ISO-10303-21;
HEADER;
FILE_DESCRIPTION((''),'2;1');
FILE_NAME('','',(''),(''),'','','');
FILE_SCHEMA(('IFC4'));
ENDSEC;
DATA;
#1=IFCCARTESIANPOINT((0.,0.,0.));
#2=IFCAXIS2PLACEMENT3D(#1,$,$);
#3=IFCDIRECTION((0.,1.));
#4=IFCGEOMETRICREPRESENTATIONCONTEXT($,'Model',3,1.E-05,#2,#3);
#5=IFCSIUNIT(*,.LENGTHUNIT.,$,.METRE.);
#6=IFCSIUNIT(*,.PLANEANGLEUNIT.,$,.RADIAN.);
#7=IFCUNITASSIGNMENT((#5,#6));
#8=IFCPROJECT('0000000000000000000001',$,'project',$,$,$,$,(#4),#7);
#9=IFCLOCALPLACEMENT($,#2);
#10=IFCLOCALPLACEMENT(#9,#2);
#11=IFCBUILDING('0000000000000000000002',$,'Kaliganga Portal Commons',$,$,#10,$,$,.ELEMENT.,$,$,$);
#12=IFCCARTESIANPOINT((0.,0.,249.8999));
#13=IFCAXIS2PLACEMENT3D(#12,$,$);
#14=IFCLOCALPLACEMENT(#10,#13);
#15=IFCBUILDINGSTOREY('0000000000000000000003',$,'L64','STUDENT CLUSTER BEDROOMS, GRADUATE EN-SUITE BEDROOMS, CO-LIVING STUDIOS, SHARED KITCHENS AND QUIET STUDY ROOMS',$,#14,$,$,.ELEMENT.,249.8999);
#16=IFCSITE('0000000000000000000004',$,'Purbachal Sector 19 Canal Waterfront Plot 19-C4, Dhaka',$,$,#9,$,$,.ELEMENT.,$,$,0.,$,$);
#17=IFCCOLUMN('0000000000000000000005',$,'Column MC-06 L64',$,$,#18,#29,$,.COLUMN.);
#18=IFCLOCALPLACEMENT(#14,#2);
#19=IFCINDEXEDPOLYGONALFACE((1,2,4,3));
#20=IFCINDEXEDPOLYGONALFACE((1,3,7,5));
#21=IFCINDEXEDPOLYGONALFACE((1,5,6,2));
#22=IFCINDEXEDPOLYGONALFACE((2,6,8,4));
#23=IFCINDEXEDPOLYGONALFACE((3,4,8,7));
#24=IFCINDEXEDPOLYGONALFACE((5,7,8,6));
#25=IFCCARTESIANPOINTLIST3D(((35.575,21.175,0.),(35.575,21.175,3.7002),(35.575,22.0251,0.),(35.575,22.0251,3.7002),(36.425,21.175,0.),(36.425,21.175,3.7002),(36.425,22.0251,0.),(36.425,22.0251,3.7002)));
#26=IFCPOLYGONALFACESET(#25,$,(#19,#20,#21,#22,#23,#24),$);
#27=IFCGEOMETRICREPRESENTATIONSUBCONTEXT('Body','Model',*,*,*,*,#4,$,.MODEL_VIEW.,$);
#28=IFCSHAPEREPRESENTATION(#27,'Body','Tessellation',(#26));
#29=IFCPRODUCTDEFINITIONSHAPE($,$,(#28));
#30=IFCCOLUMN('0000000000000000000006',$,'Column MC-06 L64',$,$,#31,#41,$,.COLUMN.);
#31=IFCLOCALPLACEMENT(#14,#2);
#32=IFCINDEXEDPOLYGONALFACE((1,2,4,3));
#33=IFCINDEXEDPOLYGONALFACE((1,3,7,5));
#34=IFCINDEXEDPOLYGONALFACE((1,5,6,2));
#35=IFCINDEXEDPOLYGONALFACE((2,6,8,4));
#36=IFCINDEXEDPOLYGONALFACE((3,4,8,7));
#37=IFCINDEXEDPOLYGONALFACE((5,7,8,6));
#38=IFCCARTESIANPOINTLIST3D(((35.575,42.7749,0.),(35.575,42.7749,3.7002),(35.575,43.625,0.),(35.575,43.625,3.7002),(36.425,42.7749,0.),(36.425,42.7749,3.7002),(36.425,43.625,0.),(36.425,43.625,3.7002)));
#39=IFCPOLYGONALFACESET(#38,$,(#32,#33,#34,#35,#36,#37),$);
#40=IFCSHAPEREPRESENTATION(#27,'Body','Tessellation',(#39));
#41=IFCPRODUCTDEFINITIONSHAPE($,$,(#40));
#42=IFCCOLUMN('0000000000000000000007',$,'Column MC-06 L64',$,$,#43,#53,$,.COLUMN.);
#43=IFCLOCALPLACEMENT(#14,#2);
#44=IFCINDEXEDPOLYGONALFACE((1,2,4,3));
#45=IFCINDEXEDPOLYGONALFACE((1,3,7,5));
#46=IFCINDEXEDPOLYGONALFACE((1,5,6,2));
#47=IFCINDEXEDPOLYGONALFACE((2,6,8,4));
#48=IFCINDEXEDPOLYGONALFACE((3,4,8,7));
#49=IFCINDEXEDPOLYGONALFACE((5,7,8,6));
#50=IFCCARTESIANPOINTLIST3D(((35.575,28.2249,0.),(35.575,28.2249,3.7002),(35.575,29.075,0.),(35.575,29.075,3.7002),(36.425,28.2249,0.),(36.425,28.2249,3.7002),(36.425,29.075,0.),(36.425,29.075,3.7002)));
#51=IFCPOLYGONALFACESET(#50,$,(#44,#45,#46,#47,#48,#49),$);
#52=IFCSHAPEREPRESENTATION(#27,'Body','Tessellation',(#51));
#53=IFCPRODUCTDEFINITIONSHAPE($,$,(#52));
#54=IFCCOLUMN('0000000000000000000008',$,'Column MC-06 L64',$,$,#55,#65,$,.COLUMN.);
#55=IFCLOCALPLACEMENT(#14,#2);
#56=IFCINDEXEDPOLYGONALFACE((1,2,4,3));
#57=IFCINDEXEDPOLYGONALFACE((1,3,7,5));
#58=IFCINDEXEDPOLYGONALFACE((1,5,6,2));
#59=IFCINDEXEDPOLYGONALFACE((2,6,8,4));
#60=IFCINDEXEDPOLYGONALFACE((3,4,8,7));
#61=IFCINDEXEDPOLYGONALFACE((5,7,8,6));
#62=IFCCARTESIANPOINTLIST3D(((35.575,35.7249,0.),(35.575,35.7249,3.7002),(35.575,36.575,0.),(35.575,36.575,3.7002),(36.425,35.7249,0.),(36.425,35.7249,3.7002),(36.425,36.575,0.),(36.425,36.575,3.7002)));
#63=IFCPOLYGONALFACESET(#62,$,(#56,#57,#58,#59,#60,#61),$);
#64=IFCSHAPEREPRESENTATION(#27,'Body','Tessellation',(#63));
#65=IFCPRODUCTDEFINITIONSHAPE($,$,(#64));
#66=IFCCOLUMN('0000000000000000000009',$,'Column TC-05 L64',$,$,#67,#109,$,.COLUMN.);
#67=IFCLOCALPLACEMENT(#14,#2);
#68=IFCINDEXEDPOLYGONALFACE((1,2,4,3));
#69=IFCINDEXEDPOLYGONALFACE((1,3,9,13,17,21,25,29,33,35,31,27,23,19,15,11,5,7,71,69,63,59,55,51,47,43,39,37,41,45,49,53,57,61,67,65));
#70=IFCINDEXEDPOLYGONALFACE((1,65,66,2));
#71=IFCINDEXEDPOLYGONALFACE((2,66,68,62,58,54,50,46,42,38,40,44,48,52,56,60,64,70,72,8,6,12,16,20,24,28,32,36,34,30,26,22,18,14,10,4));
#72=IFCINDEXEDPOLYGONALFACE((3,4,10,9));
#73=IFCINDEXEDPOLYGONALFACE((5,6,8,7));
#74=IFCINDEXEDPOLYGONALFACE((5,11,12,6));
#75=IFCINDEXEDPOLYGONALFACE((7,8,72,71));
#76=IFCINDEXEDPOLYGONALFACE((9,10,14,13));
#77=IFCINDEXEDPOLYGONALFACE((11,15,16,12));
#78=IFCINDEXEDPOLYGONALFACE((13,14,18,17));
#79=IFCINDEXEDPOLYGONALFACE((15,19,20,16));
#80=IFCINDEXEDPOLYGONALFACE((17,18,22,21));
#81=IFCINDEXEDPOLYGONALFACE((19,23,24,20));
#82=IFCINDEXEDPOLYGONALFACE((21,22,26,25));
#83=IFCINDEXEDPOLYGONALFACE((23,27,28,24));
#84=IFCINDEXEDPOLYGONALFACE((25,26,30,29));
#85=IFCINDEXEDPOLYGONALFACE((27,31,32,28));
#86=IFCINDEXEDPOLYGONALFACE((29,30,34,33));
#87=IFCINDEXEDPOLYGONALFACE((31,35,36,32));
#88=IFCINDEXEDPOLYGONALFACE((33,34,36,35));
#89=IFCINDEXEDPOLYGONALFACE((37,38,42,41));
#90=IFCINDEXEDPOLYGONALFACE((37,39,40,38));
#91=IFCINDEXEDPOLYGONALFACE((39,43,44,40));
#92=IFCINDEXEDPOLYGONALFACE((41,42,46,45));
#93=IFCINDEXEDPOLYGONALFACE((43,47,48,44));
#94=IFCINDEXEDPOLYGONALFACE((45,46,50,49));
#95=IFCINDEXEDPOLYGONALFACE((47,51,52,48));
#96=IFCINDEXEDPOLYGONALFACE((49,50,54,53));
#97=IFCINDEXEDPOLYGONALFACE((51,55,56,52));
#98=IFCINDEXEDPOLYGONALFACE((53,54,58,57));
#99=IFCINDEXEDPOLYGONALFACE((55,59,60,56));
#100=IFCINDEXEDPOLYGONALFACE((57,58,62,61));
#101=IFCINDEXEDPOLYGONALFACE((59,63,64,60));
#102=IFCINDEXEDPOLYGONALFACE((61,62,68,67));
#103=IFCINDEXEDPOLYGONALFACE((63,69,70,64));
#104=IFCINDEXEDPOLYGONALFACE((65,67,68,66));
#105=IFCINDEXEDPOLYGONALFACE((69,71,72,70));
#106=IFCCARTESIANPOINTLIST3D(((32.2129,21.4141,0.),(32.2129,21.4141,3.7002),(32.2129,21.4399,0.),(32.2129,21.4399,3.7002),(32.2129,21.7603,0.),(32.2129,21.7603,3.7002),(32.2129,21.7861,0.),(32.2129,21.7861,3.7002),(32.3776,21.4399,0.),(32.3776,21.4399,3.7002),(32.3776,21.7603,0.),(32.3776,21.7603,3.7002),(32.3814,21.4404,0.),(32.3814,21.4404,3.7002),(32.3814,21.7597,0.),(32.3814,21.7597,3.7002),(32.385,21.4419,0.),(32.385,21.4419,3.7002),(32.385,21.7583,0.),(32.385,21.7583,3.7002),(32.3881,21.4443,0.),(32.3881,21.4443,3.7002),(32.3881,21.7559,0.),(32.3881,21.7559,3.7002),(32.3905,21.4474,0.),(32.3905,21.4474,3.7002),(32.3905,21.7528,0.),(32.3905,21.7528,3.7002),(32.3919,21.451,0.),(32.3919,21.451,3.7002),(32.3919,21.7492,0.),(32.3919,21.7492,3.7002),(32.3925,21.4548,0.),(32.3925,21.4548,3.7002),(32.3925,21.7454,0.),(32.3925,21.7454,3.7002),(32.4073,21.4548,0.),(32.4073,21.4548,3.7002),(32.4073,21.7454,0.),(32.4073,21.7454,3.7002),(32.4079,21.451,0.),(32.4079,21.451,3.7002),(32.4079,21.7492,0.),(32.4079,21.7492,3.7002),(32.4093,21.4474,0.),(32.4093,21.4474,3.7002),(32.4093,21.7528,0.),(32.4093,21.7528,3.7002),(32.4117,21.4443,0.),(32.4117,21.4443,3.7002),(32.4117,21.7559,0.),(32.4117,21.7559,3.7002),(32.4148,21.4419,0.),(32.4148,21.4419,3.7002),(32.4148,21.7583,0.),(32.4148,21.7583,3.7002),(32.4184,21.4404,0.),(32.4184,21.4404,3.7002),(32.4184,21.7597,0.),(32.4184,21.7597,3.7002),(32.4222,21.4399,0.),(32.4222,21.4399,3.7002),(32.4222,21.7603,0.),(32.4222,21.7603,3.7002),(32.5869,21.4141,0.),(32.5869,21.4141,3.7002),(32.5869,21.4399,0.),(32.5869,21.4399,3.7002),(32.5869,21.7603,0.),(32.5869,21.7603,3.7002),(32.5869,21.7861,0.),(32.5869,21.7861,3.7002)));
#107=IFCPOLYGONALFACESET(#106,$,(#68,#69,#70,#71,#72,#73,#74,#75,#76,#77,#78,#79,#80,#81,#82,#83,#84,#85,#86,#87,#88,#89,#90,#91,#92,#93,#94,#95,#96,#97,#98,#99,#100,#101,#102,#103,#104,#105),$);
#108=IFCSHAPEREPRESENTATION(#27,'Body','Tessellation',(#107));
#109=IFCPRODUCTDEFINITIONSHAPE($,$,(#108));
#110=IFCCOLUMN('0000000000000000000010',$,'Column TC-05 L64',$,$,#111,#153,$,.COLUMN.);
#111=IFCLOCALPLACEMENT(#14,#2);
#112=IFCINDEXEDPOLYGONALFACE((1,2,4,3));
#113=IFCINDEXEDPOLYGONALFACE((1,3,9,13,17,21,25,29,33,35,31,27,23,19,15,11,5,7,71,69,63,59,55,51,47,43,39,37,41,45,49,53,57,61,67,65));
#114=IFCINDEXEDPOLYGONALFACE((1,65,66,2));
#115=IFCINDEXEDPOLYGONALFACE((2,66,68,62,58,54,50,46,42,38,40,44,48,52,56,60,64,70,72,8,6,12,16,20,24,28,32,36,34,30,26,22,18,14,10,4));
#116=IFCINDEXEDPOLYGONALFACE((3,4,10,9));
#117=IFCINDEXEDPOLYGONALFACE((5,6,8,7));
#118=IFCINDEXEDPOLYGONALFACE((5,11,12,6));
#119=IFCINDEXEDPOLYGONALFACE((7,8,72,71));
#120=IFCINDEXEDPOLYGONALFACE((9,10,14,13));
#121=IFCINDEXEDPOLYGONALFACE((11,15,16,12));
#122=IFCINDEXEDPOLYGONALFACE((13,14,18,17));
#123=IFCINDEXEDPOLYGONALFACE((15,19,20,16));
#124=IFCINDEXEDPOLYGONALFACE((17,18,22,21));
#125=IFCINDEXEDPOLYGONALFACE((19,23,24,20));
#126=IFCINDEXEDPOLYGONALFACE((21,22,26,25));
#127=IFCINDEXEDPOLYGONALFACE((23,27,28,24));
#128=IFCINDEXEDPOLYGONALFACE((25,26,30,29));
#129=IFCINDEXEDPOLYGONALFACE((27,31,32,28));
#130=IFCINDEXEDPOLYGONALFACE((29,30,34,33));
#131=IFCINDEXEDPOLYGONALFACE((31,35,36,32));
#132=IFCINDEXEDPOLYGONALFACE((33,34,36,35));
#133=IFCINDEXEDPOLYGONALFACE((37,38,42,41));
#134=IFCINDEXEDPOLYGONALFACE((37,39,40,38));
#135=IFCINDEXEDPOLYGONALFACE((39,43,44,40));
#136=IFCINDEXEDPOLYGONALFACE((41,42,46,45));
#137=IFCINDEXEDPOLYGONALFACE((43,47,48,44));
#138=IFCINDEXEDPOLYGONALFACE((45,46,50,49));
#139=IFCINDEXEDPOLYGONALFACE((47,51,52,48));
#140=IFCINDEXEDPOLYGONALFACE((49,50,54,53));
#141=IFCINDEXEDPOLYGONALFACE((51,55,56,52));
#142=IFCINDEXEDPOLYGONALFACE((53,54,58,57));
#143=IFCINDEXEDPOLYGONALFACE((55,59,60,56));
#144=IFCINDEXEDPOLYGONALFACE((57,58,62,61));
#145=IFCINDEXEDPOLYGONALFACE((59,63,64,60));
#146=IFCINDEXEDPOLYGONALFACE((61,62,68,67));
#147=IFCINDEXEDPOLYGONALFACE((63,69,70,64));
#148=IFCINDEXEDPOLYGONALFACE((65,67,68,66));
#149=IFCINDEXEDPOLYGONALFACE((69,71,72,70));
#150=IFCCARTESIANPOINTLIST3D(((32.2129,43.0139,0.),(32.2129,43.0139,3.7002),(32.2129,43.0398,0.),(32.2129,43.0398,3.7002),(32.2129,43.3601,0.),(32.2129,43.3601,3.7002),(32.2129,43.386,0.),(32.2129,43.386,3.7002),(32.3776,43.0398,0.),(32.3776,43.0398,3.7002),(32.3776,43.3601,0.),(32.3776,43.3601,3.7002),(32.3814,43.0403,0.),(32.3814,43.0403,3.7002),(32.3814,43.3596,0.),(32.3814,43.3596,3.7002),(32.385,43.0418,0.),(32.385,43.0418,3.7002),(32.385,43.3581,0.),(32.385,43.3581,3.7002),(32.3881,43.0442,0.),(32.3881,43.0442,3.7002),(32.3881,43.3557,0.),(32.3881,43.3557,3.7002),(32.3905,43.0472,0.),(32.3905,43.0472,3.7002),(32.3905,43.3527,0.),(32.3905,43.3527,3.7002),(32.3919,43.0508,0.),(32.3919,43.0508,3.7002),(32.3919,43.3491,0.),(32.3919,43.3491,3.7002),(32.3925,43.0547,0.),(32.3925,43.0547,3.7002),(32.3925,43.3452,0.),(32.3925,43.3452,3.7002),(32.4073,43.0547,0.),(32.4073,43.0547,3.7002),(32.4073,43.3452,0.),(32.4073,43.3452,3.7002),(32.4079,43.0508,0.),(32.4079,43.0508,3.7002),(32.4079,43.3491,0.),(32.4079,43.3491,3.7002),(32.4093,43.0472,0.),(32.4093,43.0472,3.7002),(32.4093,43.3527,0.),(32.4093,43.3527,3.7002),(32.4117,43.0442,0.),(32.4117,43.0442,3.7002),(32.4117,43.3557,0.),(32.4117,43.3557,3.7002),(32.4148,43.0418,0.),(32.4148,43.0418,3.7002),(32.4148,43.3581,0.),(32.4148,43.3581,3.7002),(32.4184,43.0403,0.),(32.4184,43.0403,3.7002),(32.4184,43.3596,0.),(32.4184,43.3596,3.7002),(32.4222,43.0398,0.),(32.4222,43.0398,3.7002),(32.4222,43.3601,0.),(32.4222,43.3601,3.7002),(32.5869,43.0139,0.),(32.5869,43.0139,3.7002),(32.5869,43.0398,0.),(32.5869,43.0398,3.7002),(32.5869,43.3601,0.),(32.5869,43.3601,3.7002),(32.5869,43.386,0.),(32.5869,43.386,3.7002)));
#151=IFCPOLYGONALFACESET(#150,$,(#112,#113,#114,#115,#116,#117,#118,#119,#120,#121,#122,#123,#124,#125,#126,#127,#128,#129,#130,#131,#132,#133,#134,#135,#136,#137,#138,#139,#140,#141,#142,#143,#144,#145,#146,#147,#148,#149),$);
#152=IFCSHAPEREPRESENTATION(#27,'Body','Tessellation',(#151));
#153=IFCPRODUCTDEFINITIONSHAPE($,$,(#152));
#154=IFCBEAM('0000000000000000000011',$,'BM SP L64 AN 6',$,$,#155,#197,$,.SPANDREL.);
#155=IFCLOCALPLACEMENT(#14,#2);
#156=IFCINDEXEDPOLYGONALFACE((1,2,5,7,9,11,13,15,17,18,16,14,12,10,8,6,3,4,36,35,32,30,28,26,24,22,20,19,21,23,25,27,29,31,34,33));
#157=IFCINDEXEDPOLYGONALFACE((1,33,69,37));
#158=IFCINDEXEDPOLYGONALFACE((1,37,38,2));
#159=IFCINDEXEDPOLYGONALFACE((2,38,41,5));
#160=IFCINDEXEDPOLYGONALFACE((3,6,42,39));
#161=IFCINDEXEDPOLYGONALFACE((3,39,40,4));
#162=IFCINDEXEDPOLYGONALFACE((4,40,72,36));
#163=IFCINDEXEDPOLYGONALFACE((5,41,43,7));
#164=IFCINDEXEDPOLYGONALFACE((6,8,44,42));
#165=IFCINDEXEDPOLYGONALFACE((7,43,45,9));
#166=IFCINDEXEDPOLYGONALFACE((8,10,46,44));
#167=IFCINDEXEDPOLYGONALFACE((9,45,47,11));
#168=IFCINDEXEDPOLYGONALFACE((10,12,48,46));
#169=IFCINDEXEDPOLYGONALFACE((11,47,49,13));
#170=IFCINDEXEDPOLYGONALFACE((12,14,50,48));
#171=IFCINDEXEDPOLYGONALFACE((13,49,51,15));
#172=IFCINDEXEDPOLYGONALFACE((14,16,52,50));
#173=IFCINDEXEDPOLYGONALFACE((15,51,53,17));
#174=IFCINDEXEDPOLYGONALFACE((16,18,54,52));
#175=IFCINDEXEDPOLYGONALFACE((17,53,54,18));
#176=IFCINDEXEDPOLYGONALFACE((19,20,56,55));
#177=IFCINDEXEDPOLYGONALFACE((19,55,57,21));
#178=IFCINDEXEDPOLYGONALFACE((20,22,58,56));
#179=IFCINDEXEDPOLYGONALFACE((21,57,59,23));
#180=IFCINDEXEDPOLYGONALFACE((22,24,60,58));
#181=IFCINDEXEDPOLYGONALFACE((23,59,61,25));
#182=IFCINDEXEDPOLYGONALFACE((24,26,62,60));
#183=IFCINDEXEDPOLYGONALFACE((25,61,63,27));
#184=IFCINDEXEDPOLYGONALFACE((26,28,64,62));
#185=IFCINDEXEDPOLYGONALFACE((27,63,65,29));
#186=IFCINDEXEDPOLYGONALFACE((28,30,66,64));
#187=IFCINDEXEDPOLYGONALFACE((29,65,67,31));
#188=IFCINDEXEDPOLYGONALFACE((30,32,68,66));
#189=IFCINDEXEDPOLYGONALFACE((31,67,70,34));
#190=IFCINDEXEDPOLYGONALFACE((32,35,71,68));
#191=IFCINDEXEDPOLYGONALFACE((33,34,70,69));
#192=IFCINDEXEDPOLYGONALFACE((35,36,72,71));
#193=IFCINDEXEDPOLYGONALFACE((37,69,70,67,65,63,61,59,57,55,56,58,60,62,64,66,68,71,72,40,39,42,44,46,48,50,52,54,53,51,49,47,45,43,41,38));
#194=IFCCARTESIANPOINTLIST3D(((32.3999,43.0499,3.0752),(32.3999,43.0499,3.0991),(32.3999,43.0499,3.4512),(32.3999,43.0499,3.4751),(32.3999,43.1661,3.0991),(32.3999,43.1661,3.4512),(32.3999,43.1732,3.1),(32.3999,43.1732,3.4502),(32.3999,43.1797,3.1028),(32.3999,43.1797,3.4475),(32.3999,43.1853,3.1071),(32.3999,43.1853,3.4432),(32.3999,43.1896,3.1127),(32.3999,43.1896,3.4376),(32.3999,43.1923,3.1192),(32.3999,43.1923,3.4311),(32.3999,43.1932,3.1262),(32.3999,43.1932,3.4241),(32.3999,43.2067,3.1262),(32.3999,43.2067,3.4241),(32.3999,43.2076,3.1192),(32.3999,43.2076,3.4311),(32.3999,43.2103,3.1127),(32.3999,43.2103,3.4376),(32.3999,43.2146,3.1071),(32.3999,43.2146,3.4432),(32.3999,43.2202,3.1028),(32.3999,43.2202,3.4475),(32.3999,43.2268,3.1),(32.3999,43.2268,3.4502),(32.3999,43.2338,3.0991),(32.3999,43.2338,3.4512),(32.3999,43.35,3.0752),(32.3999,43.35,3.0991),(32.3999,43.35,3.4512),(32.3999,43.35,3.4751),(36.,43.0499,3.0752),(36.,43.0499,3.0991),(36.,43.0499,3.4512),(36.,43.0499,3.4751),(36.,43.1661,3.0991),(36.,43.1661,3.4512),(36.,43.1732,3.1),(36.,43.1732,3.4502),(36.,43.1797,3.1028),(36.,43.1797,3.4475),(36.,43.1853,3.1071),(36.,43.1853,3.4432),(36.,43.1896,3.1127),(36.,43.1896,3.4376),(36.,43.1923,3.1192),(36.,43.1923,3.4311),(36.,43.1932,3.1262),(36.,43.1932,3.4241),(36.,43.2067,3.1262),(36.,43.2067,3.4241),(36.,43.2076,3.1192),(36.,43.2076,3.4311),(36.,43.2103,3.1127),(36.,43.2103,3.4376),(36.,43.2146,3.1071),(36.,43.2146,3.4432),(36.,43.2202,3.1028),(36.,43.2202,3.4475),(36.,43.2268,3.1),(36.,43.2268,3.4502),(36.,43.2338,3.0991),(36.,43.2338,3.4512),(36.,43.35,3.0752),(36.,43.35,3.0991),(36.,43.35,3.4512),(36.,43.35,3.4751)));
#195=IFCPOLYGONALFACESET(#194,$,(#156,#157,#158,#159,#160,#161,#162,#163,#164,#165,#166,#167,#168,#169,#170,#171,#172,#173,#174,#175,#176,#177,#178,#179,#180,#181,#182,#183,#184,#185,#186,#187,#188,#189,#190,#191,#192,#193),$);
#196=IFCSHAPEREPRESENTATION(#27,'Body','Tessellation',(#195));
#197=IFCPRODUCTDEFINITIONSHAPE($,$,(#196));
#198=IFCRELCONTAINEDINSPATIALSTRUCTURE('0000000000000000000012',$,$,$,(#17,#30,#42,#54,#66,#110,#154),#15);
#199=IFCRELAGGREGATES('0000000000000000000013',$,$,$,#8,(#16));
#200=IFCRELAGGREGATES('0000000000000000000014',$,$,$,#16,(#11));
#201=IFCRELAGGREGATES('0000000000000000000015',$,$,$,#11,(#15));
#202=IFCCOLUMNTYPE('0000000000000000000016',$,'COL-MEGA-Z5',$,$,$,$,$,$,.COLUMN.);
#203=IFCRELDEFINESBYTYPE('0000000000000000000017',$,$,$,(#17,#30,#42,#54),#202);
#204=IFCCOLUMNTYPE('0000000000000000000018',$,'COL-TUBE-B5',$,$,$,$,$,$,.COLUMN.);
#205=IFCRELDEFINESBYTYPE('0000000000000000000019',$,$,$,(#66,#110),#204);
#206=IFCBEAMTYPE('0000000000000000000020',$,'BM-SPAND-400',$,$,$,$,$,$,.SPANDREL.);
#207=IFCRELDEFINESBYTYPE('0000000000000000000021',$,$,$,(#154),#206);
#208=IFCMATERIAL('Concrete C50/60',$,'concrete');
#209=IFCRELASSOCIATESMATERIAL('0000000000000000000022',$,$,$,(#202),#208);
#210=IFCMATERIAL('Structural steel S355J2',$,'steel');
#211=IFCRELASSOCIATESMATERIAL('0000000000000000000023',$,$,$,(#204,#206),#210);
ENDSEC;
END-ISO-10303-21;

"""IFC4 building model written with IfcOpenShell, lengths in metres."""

from ifc_helpers import new_model, si_unit, direction, frame, origin, origin_2d, place, context, subcontext, project, spatial, rectangle, i_section, extrude, source, transform, mapped, material, material_profile, profile_set, type_object, element, save


model = new_model("IFC4")

# Units and contexts
model_context = context("Model", 3, precision=1e-05, world=origin(), true_north=direction((0.0, 1.0)))
body_context = subcontext(model_context, "Body", "Model", "MODEL_VIEW")
ifc_project = project(units=[si_unit("LENGTHUNIT", "METRE"), si_unit("PLANEANGLEUNIT", "RADIAN")], contexts=[model_context])

# Site, building, storey
site_placement = place(None, origin())
site = spatial("IfcSite", under=ifc_project, at=site_placement, Name="Purbachal Sector 19 Canal Waterfront Plot 19-C4, Dhaka", CompositionType="ELEMENT", RefElevation=0.0)
building_placement = place(site_placement, origin())
building = spatial("IfcBuilding", under=site, at=building_placement, Name="Kaliganga Portal Commons", CompositionType="ELEMENT")
storey_placement = place(building_placement, frame((0.0, 0.0, 249.8999)))
storey = spatial("IfcBuildingStorey", under=building, at=storey_placement, Name="L64", Description="STUDENT CLUSTER BEDROOMS, GRADUATE EN-SUITE BEDROOMS, CO-LIVING STUDIOS, SHARED KITCHENS AND QUIET STUDY ROOMS", CompositionType="ELEMENT", Elevation=249.8999)

# Columns
ifc_material_1 = material(Name="Concrete C50/60", Category="concrete")
ifc_material_profile_1 = material_profile(ifc_material_1, rectangle(XDim=0.8501, YDim=0.8501, at=origin_2d()), Name="RC 850x850")
ifc_profile_set_1 = profile_set([ifc_material_profile_1], Name="Concrete C50/60")
column_type_1 = type_object("IfcColumnType", Name="COL-MEGA-Z5", PredefinedType="COLUMN", material=ifc_profile_set_1)
shared_shape_1 = source(origin(), body_context, "Body", "SweptSolid", [
    extrude(rectangle(XDim=0.8501, YDim=0.8501, at=origin_2d()), origin(), (0.0, 0.0, 1.0), 3.7002),
])
for number, where, z_axis, x_axis, name in (
    (1, (36.0, 21.6001, 0.0), (0.0, 0.0, 1.0), (1.0, 0.0, 0.0), "Column MC-06 L64"),
    (2, (36.0, 43.2, 0.0), (0.0, 0.0, 1.0), (1.0, 0.0, 0.0), "Column MC-06 L64"),
    (3, (36.0, 28.6499, 0.0), (0.0, 0.0, 1.0), (1.0, 0.0, 0.0), "Column MC-06 L64"),
    (4, (36.0, 36.1499, 0.0), (0.0, 0.0, 1.0), (1.0, 0.0, 0.0), "Column MC-06 L64"),
):
    element("IfcColumn", number, at=place(storey_placement, frame(where, z_axis=z_axis, x_axis=x_axis)), inside=storey, type_object=column_type_1, Name=name, PredefinedType="COLUMN", context=body_context, shape_type="MappedRepresentation", body=[
        mapped(shared_shape_1, transform((0.0, 0.0, 0.0), x_axis=(1.0, 0.0, 0.0), y_axis=(0.0, 1.0, 0.0), z_axis=(0.0, 0.0, 1.0), scale=1.0)),
    ])
ifc_material_2 = material(Name="Structural steel S355J2", Category="steel")
ifc_material_profile_2 = material_profile(ifc_material_2, i_section(OverallWidth=0.374, OverallDepth=0.3721, WebThickness=0.0149, FlangeThickness=0.0259, FilletRadius=0.0149, at=origin_2d()), Name="HD 360x196")
ifc_profile_set_2 = profile_set([ifc_material_profile_2], Name="Structural steel S355J2 wide-flange")
column_type_2 = type_object("IfcColumnType", Name="COL-TUBE-B5", PredefinedType="COLUMN", material=ifc_profile_set_2)
shared_shape_2 = source(origin(), body_context, "Body", "SweptSolid", [
    extrude(i_section(OverallWidth=0.374, OverallDepth=0.3721, WebThickness=0.0149, FlangeThickness=0.0259, FilletRadius=0.0149, at=origin_2d()), origin(), (0.0, 0.0, 1.0), 3.7002),
])
for number, where, z_axis, x_axis, name in (
    (5, (32.3999, 21.6001, 0.0), (0.0, 0.0, 1.0), (1.0, 0.0, 0.0), "Column TC-05 L64"),
    (6, (32.3999, 43.2, 0.0), (0.0, 0.0, 1.0), (1.0, 0.0, 0.0), "Column TC-05 L64"),
):
    element("IfcColumn", number, at=place(storey_placement, frame(where, z_axis=z_axis, x_axis=x_axis)), inside=storey, type_object=column_type_2, Name=name, PredefinedType="COLUMN", context=body_context, shape_type="MappedRepresentation", body=[
        mapped(shared_shape_2, transform((0.0, 0.0, 0.0), x_axis=(1.0, 0.0, 0.0), y_axis=(0.0, 1.0, 0.0), z_axis=(0.0, 0.0, 1.0), scale=1.0)),
    ])

# Beam
ifc_material_profile_3 = material_profile(ifc_material_2, i_section(OverallWidth=0.3, OverallDepth=0.3999, WebThickness=0.0134, FlangeThickness=0.0239, FilletRadius=0.0271, at=origin_2d()), Name="HE 400 B")
ifc_profile_set_3 = profile_set([ifc_material_profile_3], Name="Structural steel S355J2 wide-flange")
beam_type_1 = type_object("IfcBeamType", Name="BM-SPAND-400", PredefinedType="SPANDREL", material=ifc_profile_set_3)
shared_shape_3 = source(origin(), body_context, "Body", "SweptSolid", [
    extrude(i_section(OverallWidth=0.3, OverallDepth=0.3999, WebThickness=0.0134, FlangeThickness=0.0239, FilletRadius=0.0271, at=origin_2d()), origin(), (0.0, 0.0, 1.0), 3.6001),
])
for number, where, z_axis, x_axis, name in (
    (7, (32.3999, 43.2, 3.2751), (1.0, 0.0, 0.0), (0.0, 1.0, 0.0), "BM SP L64 AN 6"),
):
    element("IfcBeam", number, at=place(storey_placement, frame(where, z_axis=z_axis, x_axis=x_axis)), inside=storey, type_object=beam_type_1, Name=name, PredefinedType="SPANDREL", context=body_context, shape_type="MappedRepresentation", body=[
        mapped(shared_shape_3, transform((0.0, 0.0, 0.0), x_axis=(1.0, 0.0, 0.0), y_axis=(0.0, 1.0, 0.0), z_axis=(0.0, 0.0, 1.0), scale=1.0)),
    ])

save(model, "model.ifc")
